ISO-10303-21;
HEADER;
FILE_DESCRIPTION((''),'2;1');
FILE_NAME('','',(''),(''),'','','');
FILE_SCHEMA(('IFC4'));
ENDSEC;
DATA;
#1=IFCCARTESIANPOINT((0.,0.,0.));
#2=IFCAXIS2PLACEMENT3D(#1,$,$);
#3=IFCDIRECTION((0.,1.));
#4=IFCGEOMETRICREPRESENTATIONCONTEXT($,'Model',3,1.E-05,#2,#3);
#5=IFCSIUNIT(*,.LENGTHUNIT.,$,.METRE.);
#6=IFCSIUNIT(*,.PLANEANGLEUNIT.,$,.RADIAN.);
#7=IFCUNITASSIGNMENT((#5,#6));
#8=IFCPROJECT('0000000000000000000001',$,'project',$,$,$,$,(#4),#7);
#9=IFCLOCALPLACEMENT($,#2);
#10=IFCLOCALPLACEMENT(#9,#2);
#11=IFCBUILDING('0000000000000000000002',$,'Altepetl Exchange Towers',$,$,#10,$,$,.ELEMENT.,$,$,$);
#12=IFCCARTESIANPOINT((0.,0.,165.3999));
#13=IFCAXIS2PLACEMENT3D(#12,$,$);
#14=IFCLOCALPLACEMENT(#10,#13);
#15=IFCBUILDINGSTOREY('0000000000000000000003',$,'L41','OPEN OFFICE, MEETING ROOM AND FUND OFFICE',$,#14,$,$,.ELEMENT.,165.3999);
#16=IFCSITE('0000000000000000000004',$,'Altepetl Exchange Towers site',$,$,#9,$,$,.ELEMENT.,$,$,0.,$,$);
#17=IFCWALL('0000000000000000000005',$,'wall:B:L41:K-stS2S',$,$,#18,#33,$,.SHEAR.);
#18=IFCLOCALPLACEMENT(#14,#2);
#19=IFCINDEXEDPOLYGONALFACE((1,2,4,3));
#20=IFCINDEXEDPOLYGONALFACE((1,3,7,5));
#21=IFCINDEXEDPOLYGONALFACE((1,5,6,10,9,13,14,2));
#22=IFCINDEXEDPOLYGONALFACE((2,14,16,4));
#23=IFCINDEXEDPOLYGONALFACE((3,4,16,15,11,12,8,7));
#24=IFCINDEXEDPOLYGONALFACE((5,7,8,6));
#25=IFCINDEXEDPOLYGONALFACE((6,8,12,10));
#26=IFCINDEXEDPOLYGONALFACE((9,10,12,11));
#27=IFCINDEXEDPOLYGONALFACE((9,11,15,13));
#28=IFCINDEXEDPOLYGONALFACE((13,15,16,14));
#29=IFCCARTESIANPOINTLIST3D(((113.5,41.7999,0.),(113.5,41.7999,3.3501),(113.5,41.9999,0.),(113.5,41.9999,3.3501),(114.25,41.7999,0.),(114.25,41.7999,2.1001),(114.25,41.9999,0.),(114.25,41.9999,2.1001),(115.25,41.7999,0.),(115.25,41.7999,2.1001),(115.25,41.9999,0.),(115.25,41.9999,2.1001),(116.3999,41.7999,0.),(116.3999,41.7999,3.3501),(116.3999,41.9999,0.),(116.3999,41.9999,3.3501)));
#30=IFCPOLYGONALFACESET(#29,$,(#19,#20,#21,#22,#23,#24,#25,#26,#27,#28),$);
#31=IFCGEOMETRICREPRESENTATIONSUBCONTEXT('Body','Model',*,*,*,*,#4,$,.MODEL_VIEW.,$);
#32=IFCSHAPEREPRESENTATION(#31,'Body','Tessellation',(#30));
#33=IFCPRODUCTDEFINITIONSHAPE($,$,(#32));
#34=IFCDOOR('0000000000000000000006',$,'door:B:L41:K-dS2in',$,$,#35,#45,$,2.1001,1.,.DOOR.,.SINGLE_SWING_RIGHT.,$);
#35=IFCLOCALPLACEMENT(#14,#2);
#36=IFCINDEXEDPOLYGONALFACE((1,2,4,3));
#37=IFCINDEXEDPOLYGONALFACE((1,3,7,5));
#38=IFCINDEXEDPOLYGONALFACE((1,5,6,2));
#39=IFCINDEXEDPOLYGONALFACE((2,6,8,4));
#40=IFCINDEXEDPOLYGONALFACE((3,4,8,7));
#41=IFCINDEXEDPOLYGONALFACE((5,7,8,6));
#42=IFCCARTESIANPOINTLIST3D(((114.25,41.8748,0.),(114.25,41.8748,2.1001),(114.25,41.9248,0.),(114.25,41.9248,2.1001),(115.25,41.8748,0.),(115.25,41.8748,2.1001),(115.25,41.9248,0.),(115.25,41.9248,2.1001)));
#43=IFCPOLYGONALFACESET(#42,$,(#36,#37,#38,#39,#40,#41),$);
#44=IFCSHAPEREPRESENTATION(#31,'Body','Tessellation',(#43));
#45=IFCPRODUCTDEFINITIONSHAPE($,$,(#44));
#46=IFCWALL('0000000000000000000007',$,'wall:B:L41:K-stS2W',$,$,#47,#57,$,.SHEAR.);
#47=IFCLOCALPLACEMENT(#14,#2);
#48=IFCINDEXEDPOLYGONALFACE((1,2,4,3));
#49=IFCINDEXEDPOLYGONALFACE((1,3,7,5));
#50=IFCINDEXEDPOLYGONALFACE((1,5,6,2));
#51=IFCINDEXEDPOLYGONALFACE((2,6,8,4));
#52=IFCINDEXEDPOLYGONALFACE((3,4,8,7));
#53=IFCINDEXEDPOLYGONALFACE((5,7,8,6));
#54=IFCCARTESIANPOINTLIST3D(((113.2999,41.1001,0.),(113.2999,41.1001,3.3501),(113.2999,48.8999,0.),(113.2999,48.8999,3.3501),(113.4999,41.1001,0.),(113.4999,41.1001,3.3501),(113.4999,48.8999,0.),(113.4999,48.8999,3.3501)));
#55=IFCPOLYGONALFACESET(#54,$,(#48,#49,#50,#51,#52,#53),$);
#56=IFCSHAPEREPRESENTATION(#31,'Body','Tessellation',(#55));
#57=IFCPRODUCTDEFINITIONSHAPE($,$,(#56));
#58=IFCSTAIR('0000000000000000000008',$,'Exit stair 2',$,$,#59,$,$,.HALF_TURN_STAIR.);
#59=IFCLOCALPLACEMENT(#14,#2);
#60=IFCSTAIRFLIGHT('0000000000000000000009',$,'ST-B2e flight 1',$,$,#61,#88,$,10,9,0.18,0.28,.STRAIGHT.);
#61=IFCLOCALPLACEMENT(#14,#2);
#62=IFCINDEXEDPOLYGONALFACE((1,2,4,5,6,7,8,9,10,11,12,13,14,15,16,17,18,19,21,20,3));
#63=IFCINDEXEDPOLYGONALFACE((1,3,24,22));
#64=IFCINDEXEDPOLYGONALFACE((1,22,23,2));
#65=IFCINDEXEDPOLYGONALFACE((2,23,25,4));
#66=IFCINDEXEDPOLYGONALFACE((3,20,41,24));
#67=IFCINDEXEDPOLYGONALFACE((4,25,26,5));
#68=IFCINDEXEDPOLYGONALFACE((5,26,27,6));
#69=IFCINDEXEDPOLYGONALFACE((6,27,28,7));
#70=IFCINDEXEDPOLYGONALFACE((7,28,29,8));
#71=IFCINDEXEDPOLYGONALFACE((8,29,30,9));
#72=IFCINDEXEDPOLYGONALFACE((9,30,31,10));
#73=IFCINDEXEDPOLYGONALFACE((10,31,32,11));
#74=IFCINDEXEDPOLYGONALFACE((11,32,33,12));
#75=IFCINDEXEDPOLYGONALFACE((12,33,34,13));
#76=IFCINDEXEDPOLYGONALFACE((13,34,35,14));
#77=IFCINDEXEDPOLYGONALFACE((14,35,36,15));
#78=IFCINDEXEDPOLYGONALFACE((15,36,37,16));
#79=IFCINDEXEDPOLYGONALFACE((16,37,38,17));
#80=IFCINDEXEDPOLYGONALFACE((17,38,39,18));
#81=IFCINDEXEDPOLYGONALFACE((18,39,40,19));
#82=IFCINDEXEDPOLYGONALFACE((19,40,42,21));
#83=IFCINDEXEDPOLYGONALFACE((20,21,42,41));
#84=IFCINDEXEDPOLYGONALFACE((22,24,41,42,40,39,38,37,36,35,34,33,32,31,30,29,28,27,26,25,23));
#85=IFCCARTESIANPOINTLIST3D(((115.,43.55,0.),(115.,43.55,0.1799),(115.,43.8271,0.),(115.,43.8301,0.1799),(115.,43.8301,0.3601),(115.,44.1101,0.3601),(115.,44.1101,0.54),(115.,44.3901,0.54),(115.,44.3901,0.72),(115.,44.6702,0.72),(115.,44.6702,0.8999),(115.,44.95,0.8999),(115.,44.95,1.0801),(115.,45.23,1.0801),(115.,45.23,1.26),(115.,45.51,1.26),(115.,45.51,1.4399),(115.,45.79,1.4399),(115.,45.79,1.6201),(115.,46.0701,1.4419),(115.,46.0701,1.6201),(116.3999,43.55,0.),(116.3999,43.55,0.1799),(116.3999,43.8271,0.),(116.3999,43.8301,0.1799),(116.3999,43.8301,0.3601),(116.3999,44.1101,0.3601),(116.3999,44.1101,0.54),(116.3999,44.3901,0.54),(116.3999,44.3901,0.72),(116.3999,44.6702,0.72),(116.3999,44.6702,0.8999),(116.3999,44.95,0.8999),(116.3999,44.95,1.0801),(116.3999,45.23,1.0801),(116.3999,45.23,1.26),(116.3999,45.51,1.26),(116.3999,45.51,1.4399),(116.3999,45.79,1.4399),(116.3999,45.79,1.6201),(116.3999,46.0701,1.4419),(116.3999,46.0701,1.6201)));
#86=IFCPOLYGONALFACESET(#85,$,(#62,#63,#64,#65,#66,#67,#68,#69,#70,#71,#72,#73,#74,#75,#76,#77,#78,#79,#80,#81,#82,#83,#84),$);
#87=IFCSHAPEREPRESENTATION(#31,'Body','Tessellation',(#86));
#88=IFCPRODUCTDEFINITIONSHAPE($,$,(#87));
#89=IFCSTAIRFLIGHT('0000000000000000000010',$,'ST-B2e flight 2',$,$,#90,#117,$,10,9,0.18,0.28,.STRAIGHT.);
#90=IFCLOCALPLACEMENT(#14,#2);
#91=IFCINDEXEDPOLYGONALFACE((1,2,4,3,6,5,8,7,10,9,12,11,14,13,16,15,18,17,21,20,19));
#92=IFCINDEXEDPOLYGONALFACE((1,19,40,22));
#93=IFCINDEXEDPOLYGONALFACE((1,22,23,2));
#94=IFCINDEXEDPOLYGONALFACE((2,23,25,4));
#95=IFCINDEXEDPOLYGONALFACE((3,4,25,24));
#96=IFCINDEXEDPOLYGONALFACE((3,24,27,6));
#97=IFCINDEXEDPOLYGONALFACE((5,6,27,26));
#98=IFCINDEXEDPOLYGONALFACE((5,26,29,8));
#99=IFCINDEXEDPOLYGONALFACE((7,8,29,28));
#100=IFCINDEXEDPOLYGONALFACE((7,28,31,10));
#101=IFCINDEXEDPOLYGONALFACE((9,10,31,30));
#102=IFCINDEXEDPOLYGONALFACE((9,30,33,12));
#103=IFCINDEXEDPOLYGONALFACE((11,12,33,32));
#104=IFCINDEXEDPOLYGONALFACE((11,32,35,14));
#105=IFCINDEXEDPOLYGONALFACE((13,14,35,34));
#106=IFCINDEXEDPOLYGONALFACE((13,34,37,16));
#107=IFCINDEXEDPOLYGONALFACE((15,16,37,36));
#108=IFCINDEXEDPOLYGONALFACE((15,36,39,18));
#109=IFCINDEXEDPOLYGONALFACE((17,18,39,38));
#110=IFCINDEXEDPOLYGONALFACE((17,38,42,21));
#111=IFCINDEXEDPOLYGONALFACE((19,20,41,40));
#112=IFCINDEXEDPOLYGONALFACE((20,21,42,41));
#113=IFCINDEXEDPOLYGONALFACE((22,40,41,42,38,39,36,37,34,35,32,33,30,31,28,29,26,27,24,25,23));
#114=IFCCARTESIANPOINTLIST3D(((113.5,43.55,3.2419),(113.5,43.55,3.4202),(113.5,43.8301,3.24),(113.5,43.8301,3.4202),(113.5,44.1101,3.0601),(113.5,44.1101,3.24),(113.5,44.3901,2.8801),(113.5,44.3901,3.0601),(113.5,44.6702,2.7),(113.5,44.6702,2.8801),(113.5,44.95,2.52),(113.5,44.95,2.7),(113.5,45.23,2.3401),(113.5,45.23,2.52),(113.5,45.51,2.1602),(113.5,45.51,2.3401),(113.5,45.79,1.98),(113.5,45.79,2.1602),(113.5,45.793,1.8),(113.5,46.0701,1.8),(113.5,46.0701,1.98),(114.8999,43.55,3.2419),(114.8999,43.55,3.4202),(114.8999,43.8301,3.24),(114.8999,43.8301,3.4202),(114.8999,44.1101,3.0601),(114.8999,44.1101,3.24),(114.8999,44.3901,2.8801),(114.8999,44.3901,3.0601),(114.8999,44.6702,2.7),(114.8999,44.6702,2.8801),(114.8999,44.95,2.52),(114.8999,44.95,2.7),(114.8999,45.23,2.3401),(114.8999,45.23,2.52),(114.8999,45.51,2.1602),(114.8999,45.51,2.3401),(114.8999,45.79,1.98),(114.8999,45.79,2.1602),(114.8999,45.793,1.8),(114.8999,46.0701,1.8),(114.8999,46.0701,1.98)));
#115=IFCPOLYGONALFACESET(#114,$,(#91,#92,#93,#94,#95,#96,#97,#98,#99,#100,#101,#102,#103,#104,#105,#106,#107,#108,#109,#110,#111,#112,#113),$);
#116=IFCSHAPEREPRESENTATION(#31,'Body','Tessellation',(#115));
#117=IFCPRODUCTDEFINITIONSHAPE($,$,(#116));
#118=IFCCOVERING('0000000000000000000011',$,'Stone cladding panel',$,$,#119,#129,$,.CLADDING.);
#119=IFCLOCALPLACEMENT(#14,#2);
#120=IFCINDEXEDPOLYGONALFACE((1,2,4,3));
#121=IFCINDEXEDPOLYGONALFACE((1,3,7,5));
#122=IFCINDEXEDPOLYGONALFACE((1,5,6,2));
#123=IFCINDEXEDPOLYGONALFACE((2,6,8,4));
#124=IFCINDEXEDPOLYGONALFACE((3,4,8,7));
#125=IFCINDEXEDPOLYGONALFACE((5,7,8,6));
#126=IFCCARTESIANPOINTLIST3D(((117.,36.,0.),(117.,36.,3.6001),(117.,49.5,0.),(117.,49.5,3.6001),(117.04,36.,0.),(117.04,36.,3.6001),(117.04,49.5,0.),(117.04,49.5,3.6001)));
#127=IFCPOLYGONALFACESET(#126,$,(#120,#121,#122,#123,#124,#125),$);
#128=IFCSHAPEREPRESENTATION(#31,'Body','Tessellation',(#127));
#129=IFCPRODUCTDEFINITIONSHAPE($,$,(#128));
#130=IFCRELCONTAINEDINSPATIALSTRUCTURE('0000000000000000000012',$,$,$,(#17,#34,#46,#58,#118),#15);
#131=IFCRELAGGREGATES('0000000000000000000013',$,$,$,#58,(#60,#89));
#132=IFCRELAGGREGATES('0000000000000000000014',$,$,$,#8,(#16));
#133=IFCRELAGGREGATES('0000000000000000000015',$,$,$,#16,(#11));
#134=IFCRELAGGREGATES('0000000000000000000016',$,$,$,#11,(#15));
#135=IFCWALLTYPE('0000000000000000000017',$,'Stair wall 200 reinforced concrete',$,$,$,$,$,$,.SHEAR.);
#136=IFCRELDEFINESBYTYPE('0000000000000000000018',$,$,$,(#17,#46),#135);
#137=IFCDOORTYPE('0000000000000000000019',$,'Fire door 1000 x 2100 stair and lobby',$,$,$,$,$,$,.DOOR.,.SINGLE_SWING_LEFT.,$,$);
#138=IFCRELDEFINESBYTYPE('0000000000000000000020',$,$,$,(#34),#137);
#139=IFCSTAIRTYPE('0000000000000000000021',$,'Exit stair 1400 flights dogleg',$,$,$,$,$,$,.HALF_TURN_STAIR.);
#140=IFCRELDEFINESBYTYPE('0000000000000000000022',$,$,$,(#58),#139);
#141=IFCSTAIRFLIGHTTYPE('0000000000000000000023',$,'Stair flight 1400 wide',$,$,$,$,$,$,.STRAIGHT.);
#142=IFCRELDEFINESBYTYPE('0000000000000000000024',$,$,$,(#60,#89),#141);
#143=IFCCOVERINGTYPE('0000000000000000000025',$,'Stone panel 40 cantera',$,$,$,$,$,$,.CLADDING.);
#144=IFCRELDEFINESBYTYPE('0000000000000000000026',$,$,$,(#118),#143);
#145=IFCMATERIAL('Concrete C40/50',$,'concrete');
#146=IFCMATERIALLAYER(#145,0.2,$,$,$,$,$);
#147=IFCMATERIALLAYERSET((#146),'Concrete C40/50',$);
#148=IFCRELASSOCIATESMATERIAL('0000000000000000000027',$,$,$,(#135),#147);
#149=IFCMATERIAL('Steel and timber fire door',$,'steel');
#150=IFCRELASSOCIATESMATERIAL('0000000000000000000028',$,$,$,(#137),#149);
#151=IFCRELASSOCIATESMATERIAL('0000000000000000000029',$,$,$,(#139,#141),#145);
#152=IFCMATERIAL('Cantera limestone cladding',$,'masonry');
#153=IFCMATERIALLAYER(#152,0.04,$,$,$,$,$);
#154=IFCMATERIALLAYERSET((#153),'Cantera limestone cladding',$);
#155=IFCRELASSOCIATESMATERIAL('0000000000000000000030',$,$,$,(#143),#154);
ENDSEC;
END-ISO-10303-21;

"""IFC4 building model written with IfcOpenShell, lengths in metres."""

from ifc_helpers import new_model, si_unit, direction, frame, frame_2d, origin, origin_2d, place, context, subcontext, project, spatial, polyline, rectangle, outline, extrude, material, layer, layer_set, type_object, element, fill, aggregate, save


model = new_model("IFC4")

# Units and contexts
model_context = context("Model", 3, precision=1e-05, world=origin(), true_north=direction((0.0, 1.0)))
body_context = subcontext(model_context, "Body", "Model", "MODEL_VIEW")
ifc_project = project(units=[si_unit("LENGTHUNIT", "METRE"), si_unit("PLANEANGLEUNIT", "RADIAN")], contexts=[model_context])

# Site, building, storey
site_placement = place(None, origin())
site = spatial("IfcSite", under=ifc_project, at=site_placement, Name="Altepetl Exchange Towers site", CompositionType="ELEMENT", RefElevation=0.0)
building_placement = place(site_placement, origin())
building = spatial("IfcBuilding", under=site, at=building_placement, Name="Altepetl Exchange Towers", CompositionType="ELEMENT")
storey_placement = place(building_placement, frame((0.0, 0.0, 165.3999)))
storey = spatial("IfcBuildingStorey", under=building, at=storey_placement, Name="L41", Description="OPEN OFFICE, MEETING ROOM AND FUND OFFICE", CompositionType="ELEMENT", Elevation=165.3999)

# Shared definitions
ifc_material_1 = material(Name="Steel and timber fire door", Category="steel")

# Shared definitions
ifc_material_2 = material(Name="Concrete C40/50", Category="concrete")

# Wall, opening, door
ifc_layer_1 = layer(ifc_material_2, 0.2)
ifc_layer_set_1 = layer_set([ifc_layer_1], Name="Concrete C40/50")
wall_type_1 = type_object("IfcWallType", Name="Stair wall 200 reinforced concrete", PredefinedType="SHEAR", material=ifc_layer_set_1)
wall_1_placement = place(storey_placement, frame((113.5, 41.8999, 0.0)))
wall_1 = element("IfcWall", 1, at=wall_1_placement, inside=storey, type_object=wall_type_1, Name="wall:B:L41:K-stS2S", PredefinedType="SHEAR", context=body_context, shape_type="SweptSolid", body=[
    extrude(rectangle(XDim=2.8999, YDim=0.2, at=frame_2d((1.45, 0.0))), origin(), (0.0, 0.0, 1.0), 3.3501),
])
opening_1_placement = place(wall_1_placement, frame((0.75, 0.0, 0.0)))
opening_1 = element("IfcOpeningElement", 2, at=opening_1_placement, cuts=wall_1, PredefinedType="OPENING", context=body_context, shape_type="SweptSolid", body=[
    extrude(rectangle(XDim=1.0, YDim=2.1001, at=frame_2d((0.5, 1.05))), frame((0.0, 0.1099, 0.0), z_axis=(0.0, -1.0, 0.0), x_axis=(1.0, 0.0, 0.0)), (0.0, 0.0, 1.0), 0.22),
])
door_type_1 = type_object("IfcDoorType", Name="Fire door 1000 x 2100 stair and lobby", OperationType="SINGLE_SWING_LEFT", PredefinedType="DOOR", material=ifc_material_1)
door_1_placement = place(opening_1_placement, origin())
door_1 = element("IfcDoor", 3, at=door_1_placement, inside=storey, type_object=door_type_1, Name="door:B:L41:K-dS2in", OperationType="SINGLE_SWING_RIGHT", OverallHeight=2.1001, OverallWidth=1.0, PredefinedType="DOOR", context=body_context, shape_type="SweptSolid", body=[
    extrude(rectangle(XDim=1.0, YDim=2.1001, at=frame_2d((0.5, 1.05))), frame((0.0, 0.0249, 0.0), z_axis=(0.0, -1.0, 0.0), x_axis=(1.0, 0.0, 0.0)), (0.0, 0.0, 1.0), 0.05),
])
fill(opening_1, door_1)

# Wall
wall_2_placement = place(storey_placement, frame((113.3999, 41.1001, 0.0), z_axis=(0.0, 0.0, 1.0), x_axis=(0.0, 1.0, 0.0)))
element("IfcWall", 4, at=wall_2_placement, inside=storey, type_object=wall_type_1, Name="wall:B:L41:K-stS2W", PredefinedType="SHEAR", context=body_context, shape_type="SweptSolid", body=[
    extrude(rectangle(XDim=7.7998, YDim=0.2, at=frame_2d((3.8999, 0.0))), origin(), (0.0, 0.0, 1.0), 3.3501),
])

# Stair, stair flights
stair_type = type_object("IfcStairType", Name="Exit stair 1400 flights dogleg", PredefinedType="HALF_TURN_STAIR", material=ifc_material_2)
stair_placement = place(storey_placement, origin())
stair = element("IfcStair", 5, at=stair_placement, inside=storey, type_object=stair_type, Name="Exit stair 2", PredefinedType="HALF_TURN_STAIR")
stair_flight_type = type_object("IfcStairFlightType", Name="Stair flight 1400 wide", PredefinedType="STRAIGHT", material=ifc_material_2)
stair_flight_1_placement = place(storey_placement, frame((115.7, 43.55, 0.0), z_axis=(0.0, 0.0, 1.0), x_axis=(0.0, 1.0, 0.0)))
stair_flight_1 = element("IfcStairFlight", 6, at=stair_flight_1_placement, type_object=stair_flight_type, Name="ST-B2e flight 1", NumberOfRisers=10, NumberOfTreads=9, PredefinedType="STRAIGHT", RiserHeight=0.18, TreadLength=0.28, context=body_context, shape_type="SweptSolid", body=[
    extrude(outline(polyline([(0.0, 0.0), (0.0, 0.1799), (0.28, 0.1799), (0.28, 0.3601), (0.5601, 0.3601), (0.5601, 0.54), (0.8401, 0.54), (0.8401, 0.72), (1.1201, 0.72), (1.1201, 0.8999), (1.3999, 0.8999), (1.3999, 1.0801), (1.6799, 1.0801), (1.6799, 1.26), (1.96, 1.26), (1.96, 1.4399), (2.24, 1.4399), (2.24, 1.6201), (2.52, 1.6201), (2.52, 1.8), (2.52, 1.4419), (0.2771, 0.0), (0.0, 0.0)])), frame((0.0, 0.7, 0.0), z_axis=(0.0, -1.0, 0.0), x_axis=(1.0, 0.0, 0.0)), (0.0, 0.0, 1.0), 1.3999),
])
stair_flight_2_placement = place(storey_placement, frame((114.2, 46.0701, 1.8), z_axis=(0.0, 0.0, 1.0), x_axis=(0.0, -1.0, 0.0)))
stair_flight_2 = element("IfcStairFlight", 7, at=stair_flight_2_placement, type_object=stair_flight_type, Name="ST-B2e flight 2", NumberOfRisers=10, NumberOfTreads=9, PredefinedType="STRAIGHT", RiserHeight=0.18, TreadLength=0.28, context=body_context, shape_type="SweptSolid", body=[
    extrude(outline(polyline([(0.0, 0.0), (0.0, 0.1799), (0.28, 0.1799), (0.28, 0.3601), (0.5601, 0.3601), (0.5601, 0.54), (0.8401, 0.54), (0.8401, 0.72), (1.1201, 0.72), (1.1201, 0.8999), (1.3999, 0.8999), (1.3999, 1.0801), (1.6799, 1.0801), (1.6799, 1.26), (1.96, 1.26), (1.96, 1.4399), (2.24, 1.4399), (2.24, 1.6201), (2.52, 1.6201), (2.52, 1.8), (2.52, 1.4419), (0.2771, 0.0), (0.0, 0.0)])), frame((0.0, 0.7, 0.0), z_axis=(0.0, -1.0, 0.0), x_axis=(1.0, 0.0, 0.0)), (0.0, 0.0, 1.0), 1.3999),
])
aggregate(stair, [stair_flight_1, stair_flight_2])

# Covering
ifc_material_3 = material(Name="Cantera limestone cladding", Category="masonry")
ifc_layer_2 = layer(ifc_material_3, 0.04)
ifc_layer_set_2 = layer_set([ifc_layer_2], Name="Cantera limestone cladding")
covering_type = type_object("IfcCoveringType", Name="Stone panel 40 cantera", PredefinedType="CLADDING", material=ifc_layer_set_2)
covering_placement = place(storey_placement, frame((117.02, 42.75, 0.0), z_axis=(0.0, 0.0, 1.0), x_axis=(0.0, 1.0, 0.0)))
element("IfcCovering", 8, at=covering_placement, inside=storey, type_object=covering_type, Name="Stone cladding panel", PredefinedType="CLADDING", context=body_context, shape_type="SweptSolid", body=[
    extrude(rectangle(XDim=13.5, YDim=0.04, at=origin_2d()), origin(), (0.0, 0.0, 1.0), 3.6001),
])

save(model, "model.ifc")
